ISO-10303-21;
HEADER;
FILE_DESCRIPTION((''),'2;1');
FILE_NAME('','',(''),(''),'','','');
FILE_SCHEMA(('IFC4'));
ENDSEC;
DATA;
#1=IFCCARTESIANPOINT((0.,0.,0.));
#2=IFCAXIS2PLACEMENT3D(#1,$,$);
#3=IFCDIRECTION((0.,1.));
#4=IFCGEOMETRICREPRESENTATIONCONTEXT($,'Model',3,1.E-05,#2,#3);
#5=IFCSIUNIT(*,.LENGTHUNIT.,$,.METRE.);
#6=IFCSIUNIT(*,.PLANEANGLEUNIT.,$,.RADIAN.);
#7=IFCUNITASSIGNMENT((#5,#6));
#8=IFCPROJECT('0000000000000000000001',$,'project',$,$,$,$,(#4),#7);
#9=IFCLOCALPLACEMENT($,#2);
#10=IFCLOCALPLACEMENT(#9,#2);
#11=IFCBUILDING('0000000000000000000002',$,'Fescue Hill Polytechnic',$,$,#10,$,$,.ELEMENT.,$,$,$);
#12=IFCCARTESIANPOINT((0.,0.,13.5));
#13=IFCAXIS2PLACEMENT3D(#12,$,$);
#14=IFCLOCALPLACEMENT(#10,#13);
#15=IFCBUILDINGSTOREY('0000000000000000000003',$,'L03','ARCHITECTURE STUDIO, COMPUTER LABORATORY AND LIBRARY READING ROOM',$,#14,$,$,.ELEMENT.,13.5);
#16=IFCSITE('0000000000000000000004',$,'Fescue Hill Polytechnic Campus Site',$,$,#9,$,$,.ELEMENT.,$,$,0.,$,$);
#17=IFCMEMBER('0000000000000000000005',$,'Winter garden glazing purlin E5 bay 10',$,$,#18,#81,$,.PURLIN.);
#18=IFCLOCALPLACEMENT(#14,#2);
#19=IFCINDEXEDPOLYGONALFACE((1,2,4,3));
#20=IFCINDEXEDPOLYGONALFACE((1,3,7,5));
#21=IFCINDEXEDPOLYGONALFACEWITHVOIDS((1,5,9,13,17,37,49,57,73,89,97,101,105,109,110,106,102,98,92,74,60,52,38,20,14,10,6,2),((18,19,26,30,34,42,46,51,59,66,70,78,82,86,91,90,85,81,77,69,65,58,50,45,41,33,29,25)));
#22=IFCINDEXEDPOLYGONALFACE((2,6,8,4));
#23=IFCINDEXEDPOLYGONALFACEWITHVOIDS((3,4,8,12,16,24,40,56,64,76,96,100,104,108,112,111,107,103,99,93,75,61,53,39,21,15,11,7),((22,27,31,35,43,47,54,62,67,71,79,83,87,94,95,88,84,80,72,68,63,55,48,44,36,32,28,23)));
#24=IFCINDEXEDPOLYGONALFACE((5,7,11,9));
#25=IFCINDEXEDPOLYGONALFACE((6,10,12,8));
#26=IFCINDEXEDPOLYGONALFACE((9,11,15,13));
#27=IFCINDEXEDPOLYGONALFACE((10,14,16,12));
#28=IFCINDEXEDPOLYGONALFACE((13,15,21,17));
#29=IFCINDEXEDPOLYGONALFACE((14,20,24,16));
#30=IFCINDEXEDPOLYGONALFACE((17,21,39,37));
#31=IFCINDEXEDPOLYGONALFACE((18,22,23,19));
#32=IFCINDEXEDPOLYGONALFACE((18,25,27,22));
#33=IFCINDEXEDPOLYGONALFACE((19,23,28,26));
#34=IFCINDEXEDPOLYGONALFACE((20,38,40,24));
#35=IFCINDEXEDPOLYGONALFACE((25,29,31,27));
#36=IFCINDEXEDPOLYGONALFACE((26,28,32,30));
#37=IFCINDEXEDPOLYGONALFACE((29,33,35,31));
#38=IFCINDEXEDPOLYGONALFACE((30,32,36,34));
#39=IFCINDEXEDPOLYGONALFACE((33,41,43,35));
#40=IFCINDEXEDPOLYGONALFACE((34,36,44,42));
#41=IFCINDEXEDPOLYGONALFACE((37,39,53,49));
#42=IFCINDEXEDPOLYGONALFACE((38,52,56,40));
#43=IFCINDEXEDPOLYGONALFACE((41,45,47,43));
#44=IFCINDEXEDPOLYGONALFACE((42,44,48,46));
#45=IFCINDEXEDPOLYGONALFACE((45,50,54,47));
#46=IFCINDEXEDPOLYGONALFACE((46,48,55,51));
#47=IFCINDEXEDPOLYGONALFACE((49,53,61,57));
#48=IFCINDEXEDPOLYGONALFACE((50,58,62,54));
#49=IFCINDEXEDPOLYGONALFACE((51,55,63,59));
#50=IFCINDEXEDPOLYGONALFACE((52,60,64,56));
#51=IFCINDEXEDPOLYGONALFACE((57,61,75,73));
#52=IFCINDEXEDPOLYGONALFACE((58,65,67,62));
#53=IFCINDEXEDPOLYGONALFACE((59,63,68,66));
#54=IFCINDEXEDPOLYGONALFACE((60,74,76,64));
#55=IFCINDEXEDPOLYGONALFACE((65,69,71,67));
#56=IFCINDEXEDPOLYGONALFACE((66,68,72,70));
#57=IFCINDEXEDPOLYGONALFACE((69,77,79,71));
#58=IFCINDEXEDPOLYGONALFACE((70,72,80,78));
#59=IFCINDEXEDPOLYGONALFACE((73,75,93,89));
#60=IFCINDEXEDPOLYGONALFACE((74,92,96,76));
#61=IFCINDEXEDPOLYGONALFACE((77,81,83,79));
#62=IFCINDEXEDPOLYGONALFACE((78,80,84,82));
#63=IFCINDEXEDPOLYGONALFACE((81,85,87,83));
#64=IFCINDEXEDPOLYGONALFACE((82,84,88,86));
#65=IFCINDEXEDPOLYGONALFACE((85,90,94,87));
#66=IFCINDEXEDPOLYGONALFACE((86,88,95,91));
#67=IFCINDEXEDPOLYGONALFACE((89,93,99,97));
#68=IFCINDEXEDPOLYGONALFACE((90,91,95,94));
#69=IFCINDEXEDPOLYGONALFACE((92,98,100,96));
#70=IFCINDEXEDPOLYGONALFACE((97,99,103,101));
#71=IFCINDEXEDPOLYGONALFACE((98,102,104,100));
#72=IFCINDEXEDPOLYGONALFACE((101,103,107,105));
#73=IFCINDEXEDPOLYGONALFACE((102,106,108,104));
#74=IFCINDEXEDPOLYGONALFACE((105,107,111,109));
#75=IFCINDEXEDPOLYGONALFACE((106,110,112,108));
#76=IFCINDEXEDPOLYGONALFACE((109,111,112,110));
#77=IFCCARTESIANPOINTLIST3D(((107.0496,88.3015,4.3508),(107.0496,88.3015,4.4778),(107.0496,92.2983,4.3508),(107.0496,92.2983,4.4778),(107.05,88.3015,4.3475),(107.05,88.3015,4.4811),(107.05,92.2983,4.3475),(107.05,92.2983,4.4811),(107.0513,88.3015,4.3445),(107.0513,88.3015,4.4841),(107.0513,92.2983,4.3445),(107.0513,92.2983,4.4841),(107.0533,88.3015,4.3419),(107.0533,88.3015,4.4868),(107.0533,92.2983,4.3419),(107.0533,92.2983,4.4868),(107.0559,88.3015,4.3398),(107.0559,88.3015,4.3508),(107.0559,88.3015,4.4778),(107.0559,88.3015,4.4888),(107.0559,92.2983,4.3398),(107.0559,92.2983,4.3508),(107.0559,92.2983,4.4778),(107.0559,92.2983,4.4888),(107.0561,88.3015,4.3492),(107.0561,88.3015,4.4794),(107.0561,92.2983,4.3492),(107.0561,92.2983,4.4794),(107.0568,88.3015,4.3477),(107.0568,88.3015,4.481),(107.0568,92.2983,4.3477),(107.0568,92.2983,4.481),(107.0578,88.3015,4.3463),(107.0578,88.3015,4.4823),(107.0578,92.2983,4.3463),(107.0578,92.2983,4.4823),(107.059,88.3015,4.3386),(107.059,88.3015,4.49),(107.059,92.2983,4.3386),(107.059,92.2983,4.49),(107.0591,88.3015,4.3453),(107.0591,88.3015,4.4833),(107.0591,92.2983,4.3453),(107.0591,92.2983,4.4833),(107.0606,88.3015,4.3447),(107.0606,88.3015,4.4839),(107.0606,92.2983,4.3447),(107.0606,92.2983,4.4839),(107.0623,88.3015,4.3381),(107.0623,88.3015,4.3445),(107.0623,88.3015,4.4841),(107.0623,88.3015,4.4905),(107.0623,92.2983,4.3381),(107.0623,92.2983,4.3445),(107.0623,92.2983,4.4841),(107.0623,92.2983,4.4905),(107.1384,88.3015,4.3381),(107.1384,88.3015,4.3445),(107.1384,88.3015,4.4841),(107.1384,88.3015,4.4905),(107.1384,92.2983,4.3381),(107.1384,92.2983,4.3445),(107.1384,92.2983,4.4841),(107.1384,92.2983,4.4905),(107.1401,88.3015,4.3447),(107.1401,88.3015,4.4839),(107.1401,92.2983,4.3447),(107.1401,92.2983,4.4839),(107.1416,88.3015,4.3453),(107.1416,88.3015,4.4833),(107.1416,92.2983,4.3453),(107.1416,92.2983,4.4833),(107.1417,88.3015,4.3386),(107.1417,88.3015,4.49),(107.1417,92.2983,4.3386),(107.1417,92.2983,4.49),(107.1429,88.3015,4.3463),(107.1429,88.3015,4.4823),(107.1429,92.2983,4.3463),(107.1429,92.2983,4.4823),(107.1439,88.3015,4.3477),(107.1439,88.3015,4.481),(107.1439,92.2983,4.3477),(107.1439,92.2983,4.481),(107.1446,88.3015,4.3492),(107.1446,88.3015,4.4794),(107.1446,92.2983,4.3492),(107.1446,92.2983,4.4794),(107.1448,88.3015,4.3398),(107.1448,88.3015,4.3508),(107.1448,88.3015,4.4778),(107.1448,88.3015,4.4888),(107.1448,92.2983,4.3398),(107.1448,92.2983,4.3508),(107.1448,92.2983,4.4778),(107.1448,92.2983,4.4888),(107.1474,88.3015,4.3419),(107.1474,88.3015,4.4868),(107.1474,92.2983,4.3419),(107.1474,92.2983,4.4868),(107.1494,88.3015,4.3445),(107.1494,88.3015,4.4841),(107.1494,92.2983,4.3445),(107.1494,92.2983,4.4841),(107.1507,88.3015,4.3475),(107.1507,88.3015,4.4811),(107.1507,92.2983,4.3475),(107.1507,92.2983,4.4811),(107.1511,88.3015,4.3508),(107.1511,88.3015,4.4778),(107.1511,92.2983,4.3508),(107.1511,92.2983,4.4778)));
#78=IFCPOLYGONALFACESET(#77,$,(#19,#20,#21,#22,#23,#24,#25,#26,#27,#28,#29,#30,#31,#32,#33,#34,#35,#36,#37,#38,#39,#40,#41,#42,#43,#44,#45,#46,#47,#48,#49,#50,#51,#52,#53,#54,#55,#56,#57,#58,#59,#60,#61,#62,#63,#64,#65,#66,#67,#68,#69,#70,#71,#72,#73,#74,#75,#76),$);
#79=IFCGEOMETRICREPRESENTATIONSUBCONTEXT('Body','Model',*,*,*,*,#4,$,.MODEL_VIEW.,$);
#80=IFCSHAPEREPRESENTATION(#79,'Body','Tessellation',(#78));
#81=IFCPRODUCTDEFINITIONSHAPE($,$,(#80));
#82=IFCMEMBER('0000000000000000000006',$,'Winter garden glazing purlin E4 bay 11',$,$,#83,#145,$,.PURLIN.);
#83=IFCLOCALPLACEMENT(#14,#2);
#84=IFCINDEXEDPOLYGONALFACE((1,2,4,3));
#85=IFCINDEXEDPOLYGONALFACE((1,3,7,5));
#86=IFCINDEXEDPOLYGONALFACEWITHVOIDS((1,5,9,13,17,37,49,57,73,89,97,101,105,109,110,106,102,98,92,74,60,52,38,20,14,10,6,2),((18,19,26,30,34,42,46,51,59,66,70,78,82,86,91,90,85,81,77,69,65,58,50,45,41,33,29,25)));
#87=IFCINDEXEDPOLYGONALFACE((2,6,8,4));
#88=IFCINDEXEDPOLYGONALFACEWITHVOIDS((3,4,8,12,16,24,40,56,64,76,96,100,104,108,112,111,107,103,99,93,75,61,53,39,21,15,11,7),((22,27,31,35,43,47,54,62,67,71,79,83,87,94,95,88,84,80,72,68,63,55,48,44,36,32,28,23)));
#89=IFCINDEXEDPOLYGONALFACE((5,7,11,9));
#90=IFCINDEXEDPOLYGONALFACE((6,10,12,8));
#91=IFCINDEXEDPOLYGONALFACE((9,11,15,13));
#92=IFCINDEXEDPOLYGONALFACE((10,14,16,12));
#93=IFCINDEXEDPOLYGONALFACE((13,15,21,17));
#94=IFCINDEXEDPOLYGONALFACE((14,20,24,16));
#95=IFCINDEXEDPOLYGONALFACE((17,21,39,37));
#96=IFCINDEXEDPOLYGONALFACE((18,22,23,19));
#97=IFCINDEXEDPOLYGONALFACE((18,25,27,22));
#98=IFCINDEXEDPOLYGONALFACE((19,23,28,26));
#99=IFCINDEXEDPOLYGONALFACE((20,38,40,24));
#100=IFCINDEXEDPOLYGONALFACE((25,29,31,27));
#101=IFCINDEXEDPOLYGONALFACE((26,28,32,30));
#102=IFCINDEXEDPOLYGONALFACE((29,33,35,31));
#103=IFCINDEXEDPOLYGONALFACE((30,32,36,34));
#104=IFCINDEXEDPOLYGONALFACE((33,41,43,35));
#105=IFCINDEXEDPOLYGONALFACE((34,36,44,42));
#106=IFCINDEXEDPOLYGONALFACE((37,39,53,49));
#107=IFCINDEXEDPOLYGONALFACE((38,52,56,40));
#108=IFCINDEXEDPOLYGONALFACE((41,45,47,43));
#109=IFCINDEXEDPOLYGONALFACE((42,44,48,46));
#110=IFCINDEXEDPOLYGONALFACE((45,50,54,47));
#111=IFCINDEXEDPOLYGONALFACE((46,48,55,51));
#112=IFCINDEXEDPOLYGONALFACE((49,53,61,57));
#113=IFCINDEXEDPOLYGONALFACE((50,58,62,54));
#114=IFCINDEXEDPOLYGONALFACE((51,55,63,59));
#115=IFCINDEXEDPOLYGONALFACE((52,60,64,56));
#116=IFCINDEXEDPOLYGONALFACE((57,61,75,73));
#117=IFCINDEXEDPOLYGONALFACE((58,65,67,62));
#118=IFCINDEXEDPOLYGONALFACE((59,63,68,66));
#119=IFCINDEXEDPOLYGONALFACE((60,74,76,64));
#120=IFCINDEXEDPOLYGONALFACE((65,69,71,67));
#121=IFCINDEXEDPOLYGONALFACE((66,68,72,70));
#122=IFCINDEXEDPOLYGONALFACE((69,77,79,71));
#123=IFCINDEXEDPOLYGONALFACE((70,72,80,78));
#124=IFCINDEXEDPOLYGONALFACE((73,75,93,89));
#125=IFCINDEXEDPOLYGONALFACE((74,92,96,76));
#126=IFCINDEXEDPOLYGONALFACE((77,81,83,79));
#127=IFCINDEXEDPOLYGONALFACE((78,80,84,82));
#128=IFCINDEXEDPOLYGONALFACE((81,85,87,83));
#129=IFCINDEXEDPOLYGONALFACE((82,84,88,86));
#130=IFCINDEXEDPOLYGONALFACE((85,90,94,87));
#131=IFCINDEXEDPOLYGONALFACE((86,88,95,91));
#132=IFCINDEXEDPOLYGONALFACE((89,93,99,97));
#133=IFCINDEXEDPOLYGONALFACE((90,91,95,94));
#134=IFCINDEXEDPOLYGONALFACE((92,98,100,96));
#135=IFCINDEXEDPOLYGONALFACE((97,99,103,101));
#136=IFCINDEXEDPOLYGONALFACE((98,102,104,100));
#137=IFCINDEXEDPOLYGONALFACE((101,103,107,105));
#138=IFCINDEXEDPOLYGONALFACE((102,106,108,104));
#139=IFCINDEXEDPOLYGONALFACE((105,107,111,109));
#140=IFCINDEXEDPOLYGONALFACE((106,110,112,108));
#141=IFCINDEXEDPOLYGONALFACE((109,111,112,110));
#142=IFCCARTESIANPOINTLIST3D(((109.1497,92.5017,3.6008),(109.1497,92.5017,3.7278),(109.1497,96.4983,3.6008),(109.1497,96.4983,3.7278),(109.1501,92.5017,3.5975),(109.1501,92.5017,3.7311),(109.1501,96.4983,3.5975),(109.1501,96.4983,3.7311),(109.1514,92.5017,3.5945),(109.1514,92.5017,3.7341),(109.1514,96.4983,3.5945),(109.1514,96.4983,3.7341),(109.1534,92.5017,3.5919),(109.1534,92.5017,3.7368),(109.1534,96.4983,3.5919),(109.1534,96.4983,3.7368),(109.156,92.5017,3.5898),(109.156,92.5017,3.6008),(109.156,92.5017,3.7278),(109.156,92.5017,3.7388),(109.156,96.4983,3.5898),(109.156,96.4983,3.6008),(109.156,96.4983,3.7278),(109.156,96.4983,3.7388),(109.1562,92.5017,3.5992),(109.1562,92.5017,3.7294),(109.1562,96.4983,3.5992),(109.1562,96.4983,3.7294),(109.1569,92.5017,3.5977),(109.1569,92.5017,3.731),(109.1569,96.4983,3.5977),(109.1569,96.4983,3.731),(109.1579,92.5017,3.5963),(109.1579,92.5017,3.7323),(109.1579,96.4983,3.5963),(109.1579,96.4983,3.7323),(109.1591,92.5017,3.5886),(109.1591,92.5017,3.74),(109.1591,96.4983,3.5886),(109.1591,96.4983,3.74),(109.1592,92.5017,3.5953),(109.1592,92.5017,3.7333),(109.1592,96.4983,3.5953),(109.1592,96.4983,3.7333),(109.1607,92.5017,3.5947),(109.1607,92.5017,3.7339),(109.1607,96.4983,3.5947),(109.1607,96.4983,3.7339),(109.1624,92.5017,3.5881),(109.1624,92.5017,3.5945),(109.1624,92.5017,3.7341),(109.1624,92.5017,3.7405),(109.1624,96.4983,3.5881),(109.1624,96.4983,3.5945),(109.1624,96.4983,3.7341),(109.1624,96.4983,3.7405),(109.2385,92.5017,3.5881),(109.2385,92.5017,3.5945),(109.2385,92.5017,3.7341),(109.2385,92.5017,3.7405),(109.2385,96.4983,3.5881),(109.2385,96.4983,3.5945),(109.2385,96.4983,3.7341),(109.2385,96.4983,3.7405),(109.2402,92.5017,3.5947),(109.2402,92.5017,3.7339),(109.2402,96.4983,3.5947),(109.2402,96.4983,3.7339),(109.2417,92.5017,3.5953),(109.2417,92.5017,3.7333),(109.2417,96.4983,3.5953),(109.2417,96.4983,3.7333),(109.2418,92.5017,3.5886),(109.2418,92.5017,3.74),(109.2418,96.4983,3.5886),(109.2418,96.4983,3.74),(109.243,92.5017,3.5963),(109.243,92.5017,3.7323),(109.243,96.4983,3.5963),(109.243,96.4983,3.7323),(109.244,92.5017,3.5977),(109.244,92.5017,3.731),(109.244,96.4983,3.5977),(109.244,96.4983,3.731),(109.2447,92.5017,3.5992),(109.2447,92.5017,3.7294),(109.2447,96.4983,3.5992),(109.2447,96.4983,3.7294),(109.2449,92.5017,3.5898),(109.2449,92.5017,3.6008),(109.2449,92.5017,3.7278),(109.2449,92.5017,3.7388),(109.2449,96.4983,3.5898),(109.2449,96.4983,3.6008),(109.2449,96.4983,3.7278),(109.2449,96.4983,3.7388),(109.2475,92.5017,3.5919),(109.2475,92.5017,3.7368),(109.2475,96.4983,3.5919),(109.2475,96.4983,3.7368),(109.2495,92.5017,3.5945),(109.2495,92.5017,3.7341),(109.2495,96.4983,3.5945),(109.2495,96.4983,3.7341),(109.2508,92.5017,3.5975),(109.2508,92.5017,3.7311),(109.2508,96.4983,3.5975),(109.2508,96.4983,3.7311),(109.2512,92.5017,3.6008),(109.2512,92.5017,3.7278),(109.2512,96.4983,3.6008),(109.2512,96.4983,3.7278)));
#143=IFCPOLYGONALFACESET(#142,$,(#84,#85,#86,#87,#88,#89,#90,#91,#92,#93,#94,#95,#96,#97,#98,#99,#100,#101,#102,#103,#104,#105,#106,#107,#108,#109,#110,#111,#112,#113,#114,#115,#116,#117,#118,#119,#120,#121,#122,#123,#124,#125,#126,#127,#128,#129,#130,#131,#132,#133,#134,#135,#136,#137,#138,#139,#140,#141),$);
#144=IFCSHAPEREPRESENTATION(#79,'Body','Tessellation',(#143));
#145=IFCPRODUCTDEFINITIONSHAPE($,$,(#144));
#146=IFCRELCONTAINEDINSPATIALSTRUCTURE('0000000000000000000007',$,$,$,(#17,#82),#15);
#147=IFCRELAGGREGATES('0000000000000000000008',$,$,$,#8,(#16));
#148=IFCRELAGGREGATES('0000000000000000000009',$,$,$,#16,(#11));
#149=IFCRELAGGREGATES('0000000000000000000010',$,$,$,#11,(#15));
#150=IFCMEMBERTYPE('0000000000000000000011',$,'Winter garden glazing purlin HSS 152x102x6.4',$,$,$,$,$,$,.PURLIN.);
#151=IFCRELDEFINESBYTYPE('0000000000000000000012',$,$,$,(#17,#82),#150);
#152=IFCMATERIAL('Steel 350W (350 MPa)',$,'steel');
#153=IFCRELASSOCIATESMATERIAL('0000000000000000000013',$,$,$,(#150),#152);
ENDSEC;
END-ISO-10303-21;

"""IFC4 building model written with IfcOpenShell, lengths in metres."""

from ifc_helpers import new_model, si_unit, direction, frame, origin, origin_2d, place, context, subcontext, project, spatial, hollow_rectangle, extrude, material, material_profile, profile_set, type_object, element, save


model = new_model("IFC4")

# Units and contexts
model_context = context("Model", 3, precision=1e-05, world=origin(), true_north=direction((0.0, 1.0)))
body_context = subcontext(model_context, "Body", "Model", "MODEL_VIEW")
ifc_project = project(units=[si_unit("LENGTHUNIT", "METRE"), si_unit("PLANEANGLEUNIT", "RADIAN")], contexts=[model_context])

# Site, building, storey
site_placement = place(None, origin())
site = spatial("IfcSite", under=ifc_project, at=site_placement, Name="Fescue Hill Polytechnic Campus Site", CompositionType="ELEMENT", RefElevation=0.0)
building_placement = place(site_placement, origin())
building = spatial("IfcBuilding", under=site, at=building_placement, Name="Fescue Hill Polytechnic", CompositionType="ELEMENT")
storey_placement = place(building_placement, frame((0.0, 0.0, 13.5)))
storey = spatial("IfcBuildingStorey", under=building, at=storey_placement, Name="L03", Description="ARCHITECTURE STUDIO, COMPUTER LABORATORY AND LIBRARY READING ROOM", CompositionType="ELEMENT", Elevation=13.5)

# Members
ifc_material_1 = material(Name="Steel 350W (350 MPa)", Category="steel")
ifc_material_profile_1 = material_profile(ifc_material_1, hollow_rectangle(XDim=0.1016, YDim=0.1523, WallThickness=0.0063, InnerFilletRadius=0.0063, OuterFilletRadius=0.0127, at=origin_2d()), Name="Winter garden glazing purlin HSS 152x102x6.4")
ifc_profile_set_1 = profile_set([ifc_material_profile_1], Name="Steel 350W (350 MPa)")
member_type_1 = type_object("IfcMemberType", Name="Winter garden glazing purlin HSS 152x102x6.4", PredefinedType="PURLIN", material=ifc_profile_set_1)
for number, where, z_axis, x_axis, name in (
    (1, (107.1003, 88.3015, 4.4143), (0.0, 1.0, 0.0), (-1.0, 0.0, 0.0), "Winter garden glazing purlin E5 bay 10"),
):
    element("IfcMember", number, at=place(storey_placement, frame(where, z_axis=z_axis, x_axis=x_axis)), inside=storey, type_object=member_type_1, Name=name, PredefinedType="PURLIN", context=body_context, shape_type="SweptSolid", body=[
        extrude(hollow_rectangle(XDim=0.1016, YDim=0.1523, WallThickness=0.0063, InnerFilletRadius=0.0063, OuterFilletRadius=0.0127, at=origin_2d()), origin(), (0.0, 0.0, 1.0), 3.9968),
    ])
for number, where, z_axis, x_axis, name in (
    (2, (109.2004, 92.5017, 3.6643), (0.0, 1.0, 0.0), (-1.0, 0.0, 0.0), "Winter garden glazing purlin E4 bay 11"),
):
    element("IfcMember", number, at=place(storey_placement, frame(where, z_axis=z_axis, x_axis=x_axis)), inside=storey, type_object=member_type_1, Name=name, PredefinedType="PURLIN", context=body_context, shape_type="SweptSolid", body=[
        extrude(hollow_rectangle(XDim=0.1016, YDim=0.1523, WallThickness=0.0063, InnerFilletRadius=0.0063, OuterFilletRadius=0.0127, at=origin_2d()), origin(), (0.0, 0.0, 1.0), 3.9966),
    ])

save(model, "model.ifc")
